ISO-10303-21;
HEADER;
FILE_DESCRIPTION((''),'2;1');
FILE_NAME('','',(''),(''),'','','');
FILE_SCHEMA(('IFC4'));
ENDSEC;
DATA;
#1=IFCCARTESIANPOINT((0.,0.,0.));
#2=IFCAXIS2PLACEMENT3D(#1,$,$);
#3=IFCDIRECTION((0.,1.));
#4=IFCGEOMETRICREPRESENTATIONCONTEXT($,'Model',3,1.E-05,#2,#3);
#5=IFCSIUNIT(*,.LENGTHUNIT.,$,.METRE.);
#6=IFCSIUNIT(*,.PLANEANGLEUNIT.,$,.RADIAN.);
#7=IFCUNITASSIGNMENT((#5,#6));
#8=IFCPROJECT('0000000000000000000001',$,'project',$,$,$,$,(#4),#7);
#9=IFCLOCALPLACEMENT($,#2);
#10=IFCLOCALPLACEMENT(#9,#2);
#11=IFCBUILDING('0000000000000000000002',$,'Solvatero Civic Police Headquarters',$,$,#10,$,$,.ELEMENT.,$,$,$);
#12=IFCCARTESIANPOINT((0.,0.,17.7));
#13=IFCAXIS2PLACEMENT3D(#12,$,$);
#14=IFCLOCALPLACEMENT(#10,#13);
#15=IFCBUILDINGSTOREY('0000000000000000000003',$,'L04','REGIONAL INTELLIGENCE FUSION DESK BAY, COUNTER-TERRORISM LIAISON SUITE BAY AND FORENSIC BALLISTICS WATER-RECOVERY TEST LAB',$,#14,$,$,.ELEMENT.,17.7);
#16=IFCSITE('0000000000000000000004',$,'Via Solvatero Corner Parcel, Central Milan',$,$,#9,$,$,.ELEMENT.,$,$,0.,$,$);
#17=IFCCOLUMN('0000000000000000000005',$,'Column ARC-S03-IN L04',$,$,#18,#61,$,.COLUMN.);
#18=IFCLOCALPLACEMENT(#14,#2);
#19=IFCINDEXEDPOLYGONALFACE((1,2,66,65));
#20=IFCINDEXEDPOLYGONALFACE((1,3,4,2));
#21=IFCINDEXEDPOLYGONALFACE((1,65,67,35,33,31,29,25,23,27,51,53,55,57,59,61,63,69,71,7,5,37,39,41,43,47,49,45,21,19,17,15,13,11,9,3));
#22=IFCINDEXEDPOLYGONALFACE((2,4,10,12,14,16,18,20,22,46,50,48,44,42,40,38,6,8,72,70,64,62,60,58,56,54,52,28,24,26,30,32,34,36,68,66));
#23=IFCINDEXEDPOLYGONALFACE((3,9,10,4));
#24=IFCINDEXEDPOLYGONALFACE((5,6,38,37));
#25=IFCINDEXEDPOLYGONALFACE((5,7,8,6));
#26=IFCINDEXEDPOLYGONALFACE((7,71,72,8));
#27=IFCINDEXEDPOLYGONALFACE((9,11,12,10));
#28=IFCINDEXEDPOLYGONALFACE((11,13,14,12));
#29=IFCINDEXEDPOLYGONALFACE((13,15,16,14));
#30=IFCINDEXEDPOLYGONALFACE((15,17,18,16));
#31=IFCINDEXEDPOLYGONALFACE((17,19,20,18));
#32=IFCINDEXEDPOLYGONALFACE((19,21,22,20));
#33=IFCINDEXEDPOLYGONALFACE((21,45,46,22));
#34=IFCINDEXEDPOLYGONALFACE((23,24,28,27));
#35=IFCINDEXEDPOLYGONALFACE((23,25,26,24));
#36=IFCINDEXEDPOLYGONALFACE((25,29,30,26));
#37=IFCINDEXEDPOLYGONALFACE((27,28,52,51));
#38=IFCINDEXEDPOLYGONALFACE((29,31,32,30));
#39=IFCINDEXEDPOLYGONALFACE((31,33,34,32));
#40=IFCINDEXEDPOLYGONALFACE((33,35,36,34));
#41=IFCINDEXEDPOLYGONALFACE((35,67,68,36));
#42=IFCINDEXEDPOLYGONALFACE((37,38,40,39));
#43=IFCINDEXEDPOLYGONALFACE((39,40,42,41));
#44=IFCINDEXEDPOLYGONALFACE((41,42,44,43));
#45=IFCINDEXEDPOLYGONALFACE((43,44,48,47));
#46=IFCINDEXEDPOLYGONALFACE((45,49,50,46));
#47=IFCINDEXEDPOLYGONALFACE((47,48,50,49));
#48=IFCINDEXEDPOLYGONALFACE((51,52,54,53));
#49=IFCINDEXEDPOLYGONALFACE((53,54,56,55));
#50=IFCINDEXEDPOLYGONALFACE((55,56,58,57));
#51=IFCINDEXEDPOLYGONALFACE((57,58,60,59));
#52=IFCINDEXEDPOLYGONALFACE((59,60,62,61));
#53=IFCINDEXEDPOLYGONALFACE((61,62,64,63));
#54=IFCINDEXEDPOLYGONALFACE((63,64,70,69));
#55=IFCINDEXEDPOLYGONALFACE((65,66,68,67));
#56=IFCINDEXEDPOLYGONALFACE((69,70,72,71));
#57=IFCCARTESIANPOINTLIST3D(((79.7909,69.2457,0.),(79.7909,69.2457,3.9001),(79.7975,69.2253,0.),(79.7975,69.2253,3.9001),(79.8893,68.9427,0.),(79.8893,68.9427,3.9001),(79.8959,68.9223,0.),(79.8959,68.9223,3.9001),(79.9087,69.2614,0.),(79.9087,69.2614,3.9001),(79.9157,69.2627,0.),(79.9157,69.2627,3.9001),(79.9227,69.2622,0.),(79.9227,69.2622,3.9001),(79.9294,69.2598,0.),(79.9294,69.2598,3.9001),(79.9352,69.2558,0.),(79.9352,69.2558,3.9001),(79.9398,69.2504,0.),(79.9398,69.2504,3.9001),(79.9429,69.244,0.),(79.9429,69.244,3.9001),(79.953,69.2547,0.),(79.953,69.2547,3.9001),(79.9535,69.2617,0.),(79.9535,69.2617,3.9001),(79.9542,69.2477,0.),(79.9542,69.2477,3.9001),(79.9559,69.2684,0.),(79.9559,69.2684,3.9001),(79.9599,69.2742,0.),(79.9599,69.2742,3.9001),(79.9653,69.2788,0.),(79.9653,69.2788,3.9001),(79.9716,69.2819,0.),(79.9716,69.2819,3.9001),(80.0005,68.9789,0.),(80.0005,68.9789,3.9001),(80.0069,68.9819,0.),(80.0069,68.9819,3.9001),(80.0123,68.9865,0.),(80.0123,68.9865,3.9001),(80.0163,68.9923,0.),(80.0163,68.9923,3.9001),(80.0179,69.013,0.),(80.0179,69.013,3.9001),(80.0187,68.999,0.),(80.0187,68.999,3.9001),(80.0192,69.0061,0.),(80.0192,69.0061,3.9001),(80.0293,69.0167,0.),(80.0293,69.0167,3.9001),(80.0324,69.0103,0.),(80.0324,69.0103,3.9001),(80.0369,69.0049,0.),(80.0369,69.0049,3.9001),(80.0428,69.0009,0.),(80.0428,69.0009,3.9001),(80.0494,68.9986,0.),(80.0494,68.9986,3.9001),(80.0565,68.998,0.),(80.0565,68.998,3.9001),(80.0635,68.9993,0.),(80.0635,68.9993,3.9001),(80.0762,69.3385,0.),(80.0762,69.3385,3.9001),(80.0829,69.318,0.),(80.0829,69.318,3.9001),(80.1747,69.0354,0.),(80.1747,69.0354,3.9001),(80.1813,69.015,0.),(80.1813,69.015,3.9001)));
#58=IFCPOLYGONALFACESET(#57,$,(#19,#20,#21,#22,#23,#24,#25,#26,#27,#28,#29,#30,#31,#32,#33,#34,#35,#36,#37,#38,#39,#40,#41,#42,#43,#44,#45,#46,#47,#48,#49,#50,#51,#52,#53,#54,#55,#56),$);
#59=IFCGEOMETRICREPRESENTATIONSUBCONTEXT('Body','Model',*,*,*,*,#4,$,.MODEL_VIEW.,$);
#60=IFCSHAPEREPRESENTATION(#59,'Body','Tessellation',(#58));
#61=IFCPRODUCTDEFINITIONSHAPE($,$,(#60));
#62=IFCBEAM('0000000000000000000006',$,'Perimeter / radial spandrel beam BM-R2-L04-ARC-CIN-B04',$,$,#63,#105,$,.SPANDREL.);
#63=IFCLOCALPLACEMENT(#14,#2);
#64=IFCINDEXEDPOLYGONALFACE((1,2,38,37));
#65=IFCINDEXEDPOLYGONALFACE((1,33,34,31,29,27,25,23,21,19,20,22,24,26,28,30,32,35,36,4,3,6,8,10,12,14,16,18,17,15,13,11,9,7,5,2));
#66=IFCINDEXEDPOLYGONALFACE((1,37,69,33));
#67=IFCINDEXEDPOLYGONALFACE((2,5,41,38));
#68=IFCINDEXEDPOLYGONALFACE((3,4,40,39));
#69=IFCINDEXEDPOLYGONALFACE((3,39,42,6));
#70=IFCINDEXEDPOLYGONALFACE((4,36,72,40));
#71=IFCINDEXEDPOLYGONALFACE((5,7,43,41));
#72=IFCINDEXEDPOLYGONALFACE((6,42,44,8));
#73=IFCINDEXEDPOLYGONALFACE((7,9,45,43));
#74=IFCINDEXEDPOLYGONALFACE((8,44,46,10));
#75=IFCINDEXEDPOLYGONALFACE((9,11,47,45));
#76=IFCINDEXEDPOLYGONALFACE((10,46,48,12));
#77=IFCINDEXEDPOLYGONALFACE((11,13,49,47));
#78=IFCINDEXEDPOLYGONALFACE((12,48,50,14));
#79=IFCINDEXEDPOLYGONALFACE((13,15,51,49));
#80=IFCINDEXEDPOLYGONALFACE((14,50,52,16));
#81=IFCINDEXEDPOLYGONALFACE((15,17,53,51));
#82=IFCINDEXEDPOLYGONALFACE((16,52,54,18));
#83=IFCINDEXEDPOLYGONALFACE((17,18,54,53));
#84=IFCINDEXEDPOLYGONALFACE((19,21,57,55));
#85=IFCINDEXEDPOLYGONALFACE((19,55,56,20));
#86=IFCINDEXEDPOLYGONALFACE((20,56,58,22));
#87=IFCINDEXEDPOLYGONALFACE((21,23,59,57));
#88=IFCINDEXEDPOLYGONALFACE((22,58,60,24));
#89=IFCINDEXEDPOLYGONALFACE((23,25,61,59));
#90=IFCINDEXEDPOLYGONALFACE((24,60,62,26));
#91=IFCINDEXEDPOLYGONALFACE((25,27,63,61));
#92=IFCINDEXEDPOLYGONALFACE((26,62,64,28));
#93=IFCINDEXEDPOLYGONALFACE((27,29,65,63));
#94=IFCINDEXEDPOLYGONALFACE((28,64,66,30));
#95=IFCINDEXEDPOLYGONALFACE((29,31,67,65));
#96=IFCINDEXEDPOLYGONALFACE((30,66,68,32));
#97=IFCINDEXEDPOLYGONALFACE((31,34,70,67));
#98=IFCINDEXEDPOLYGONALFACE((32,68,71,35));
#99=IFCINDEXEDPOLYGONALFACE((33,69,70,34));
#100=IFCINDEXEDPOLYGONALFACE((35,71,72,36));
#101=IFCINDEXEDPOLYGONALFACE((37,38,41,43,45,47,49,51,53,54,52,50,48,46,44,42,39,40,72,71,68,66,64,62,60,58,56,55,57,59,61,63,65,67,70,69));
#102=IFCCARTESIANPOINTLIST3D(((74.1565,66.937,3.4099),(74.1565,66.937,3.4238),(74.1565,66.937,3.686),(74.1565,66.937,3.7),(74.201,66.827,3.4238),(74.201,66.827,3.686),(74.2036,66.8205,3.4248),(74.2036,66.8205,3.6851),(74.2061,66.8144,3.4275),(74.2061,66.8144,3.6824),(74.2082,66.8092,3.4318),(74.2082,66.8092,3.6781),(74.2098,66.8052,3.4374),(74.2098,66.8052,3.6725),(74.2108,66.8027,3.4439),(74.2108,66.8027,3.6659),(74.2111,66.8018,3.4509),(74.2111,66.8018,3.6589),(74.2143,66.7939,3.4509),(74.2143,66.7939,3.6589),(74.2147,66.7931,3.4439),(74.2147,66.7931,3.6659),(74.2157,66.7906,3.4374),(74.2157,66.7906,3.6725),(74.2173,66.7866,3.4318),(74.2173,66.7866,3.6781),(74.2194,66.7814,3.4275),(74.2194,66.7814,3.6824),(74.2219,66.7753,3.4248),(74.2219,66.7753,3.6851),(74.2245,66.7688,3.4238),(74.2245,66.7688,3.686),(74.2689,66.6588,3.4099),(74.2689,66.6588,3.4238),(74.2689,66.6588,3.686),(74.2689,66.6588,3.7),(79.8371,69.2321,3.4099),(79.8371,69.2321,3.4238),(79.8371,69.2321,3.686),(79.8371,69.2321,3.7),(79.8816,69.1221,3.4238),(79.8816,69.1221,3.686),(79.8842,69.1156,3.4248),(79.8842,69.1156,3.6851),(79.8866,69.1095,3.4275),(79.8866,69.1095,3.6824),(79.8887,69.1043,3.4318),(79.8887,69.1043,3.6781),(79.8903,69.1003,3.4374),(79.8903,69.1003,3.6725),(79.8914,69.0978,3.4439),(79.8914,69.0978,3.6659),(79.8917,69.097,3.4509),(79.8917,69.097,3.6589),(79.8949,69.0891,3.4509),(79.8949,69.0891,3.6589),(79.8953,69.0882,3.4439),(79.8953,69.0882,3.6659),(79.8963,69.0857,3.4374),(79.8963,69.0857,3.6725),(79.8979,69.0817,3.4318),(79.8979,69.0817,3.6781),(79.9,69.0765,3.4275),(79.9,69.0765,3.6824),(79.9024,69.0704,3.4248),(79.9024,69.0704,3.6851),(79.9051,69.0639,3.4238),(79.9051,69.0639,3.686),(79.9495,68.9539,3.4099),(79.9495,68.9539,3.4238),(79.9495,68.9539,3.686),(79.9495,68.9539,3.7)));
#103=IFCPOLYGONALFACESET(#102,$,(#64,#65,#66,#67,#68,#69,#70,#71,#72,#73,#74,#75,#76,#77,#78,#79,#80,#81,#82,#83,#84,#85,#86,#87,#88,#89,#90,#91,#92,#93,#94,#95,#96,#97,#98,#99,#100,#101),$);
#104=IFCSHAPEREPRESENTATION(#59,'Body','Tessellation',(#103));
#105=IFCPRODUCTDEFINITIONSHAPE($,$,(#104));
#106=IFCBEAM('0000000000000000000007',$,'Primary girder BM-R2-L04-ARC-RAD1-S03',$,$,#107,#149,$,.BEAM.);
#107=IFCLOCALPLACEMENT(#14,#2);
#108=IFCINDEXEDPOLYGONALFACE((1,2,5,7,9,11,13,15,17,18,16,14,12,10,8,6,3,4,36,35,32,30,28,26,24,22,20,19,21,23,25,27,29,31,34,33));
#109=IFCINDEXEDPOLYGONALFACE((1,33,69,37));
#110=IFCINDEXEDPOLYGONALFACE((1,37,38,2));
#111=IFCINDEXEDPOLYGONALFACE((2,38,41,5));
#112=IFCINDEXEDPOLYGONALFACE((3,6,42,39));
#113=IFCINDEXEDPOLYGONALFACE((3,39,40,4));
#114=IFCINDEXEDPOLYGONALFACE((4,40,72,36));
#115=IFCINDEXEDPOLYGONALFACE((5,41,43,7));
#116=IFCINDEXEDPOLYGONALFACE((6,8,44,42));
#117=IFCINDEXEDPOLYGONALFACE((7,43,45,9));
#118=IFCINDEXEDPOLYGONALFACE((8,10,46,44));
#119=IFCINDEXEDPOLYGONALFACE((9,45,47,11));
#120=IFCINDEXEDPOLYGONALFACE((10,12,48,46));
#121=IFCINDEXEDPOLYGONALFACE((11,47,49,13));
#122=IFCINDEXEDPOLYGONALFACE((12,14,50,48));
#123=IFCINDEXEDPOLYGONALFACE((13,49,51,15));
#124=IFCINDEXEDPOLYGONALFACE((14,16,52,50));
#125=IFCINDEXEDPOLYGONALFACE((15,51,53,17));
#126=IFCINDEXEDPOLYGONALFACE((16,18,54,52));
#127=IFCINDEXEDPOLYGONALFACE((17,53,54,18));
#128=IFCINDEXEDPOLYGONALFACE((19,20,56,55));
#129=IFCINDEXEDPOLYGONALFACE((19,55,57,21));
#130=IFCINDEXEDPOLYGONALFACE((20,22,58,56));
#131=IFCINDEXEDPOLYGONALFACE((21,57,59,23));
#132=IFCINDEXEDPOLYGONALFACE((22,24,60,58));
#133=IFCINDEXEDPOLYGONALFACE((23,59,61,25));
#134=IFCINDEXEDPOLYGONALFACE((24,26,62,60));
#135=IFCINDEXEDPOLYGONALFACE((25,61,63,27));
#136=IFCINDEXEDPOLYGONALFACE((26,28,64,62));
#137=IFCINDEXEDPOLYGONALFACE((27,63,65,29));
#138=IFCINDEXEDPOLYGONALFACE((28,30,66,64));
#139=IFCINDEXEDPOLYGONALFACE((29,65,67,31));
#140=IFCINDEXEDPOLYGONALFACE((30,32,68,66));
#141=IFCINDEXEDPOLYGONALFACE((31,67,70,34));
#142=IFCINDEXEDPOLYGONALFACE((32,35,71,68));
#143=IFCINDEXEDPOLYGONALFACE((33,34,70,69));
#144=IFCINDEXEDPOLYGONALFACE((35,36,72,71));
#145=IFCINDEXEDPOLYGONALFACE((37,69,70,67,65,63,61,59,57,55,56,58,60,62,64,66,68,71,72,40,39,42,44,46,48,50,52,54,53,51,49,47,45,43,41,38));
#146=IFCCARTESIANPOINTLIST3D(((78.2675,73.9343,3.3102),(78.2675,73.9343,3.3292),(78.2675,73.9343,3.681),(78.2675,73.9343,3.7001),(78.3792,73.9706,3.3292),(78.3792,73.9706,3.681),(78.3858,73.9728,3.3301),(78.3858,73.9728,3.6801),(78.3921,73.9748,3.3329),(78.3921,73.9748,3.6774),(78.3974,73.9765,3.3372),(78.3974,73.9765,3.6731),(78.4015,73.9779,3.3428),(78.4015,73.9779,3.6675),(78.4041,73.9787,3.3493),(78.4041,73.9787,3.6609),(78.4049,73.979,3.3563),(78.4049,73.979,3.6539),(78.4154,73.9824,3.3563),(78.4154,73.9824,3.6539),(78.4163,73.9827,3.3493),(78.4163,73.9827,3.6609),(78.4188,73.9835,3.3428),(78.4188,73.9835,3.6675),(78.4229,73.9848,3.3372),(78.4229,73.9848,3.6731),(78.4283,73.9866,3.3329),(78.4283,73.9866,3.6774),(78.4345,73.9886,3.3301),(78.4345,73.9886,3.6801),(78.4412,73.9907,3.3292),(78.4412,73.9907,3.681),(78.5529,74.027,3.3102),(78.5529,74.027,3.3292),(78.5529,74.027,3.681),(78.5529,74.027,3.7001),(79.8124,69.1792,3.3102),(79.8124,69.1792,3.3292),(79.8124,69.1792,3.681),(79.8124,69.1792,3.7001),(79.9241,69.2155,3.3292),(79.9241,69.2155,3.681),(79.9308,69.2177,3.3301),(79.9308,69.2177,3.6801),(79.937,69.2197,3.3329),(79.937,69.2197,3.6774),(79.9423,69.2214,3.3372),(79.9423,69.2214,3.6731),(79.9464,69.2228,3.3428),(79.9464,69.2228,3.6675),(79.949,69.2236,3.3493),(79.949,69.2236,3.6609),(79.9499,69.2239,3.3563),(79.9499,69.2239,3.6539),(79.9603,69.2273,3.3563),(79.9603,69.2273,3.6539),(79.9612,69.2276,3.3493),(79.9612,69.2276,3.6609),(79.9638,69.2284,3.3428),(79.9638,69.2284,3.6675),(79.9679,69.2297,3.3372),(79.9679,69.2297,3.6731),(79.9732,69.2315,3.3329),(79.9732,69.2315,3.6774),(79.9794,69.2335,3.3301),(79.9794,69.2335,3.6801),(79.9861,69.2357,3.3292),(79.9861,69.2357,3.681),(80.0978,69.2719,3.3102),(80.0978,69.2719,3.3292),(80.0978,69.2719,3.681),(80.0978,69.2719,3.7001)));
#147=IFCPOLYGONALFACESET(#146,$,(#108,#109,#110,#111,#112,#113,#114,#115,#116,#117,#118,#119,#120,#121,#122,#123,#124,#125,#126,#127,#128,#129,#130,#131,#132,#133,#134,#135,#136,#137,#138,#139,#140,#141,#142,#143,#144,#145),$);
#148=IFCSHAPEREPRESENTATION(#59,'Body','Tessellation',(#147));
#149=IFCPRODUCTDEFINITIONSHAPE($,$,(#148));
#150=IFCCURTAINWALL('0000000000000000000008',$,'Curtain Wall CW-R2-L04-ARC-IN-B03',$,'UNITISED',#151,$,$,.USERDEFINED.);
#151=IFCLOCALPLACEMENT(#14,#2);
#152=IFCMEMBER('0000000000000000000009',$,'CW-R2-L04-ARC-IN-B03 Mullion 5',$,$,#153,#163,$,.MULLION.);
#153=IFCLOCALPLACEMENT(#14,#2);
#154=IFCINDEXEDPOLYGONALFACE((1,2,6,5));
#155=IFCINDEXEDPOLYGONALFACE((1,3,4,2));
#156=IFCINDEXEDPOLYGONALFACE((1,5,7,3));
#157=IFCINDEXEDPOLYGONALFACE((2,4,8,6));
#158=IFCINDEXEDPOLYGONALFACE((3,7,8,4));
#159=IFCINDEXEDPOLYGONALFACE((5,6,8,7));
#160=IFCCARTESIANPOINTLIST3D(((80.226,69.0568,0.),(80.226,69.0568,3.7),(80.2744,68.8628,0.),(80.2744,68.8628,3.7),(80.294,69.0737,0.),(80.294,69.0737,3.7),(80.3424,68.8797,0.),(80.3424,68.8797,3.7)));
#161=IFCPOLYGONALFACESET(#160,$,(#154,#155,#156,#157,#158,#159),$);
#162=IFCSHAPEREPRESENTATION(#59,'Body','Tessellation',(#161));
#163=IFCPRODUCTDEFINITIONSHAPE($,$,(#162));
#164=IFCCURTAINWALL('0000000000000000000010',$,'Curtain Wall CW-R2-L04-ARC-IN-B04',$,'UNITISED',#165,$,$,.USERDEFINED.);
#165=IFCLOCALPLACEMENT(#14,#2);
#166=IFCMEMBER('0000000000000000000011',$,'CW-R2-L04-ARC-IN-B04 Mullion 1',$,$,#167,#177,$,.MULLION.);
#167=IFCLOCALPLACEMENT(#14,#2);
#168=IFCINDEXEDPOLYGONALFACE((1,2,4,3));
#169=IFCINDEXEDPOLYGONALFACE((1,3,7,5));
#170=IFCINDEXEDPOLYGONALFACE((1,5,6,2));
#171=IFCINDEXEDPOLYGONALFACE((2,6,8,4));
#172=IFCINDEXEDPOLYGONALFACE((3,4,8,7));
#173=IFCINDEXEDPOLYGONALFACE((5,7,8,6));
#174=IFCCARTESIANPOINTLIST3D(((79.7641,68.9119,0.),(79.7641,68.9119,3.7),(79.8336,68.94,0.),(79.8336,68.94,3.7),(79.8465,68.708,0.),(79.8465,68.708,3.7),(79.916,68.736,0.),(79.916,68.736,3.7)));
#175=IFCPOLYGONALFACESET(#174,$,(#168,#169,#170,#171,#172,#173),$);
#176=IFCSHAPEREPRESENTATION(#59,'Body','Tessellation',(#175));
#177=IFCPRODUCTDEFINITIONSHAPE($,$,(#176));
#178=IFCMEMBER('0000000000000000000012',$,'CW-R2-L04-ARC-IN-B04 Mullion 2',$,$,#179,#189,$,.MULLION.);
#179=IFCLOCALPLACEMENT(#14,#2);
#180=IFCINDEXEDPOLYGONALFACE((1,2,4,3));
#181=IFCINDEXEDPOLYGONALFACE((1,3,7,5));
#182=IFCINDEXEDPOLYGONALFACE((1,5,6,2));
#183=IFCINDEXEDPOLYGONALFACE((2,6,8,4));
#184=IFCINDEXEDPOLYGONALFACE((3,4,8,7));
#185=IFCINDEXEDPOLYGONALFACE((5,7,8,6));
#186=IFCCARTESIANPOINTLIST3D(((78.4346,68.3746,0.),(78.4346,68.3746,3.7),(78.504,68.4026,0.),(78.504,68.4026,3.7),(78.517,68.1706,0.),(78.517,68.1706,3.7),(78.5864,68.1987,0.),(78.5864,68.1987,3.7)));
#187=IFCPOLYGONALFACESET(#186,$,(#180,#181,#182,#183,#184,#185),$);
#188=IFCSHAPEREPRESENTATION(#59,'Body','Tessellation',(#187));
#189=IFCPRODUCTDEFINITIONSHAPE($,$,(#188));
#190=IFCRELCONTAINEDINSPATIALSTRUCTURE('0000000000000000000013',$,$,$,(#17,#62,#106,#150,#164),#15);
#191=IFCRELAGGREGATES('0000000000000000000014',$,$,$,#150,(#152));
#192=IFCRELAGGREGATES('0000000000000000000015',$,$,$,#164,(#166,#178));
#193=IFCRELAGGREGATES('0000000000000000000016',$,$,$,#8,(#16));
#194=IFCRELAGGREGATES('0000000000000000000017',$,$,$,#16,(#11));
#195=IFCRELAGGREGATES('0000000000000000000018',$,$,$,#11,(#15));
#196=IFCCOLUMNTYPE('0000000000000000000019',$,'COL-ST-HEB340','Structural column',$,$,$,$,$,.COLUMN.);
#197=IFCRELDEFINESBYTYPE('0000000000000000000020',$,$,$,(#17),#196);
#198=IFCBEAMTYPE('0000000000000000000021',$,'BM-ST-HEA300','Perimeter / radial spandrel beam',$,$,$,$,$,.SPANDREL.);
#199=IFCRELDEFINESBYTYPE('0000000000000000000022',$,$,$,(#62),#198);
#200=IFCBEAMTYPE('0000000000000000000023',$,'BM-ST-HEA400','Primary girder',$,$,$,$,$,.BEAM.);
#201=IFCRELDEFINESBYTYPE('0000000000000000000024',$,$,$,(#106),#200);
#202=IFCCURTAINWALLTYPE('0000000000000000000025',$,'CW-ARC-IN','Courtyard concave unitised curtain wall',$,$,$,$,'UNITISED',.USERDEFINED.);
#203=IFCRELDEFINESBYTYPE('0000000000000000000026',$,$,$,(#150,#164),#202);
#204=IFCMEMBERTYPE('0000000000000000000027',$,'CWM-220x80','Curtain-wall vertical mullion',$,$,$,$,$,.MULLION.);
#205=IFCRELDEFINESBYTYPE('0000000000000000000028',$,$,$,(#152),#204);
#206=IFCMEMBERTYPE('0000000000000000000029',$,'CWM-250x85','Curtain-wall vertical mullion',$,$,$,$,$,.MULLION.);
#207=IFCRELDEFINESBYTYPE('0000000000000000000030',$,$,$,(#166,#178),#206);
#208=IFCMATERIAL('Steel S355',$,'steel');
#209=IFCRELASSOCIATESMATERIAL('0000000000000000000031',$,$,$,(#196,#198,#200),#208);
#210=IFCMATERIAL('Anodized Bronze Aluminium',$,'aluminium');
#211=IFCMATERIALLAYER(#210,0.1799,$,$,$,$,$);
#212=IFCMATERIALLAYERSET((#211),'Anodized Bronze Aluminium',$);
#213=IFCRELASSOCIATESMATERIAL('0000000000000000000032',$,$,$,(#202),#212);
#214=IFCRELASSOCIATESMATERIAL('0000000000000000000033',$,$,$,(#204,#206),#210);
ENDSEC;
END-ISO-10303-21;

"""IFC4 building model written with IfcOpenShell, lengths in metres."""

from ifc_helpers import new_model, si_unit, direction, frame, origin, origin_2d, place, context, subcontext, project, spatial, rectangle, i_section, extrude, material, layer, layer_set, material_profile, profile_set, type_object, element, aggregate, save


model = new_model("IFC4")

# Units and contexts
model_context = context("Model", 3, precision=1e-05, world=origin(), true_north=direction((0.0, 1.0)))
body_context = subcontext(model_context, "Body", "Model", "MODEL_VIEW")
ifc_project = project(units=[si_unit("LENGTHUNIT", "METRE"), si_unit("PLANEANGLEUNIT", "RADIAN")], contexts=[model_context])

# Site, building, storey
site_placement = place(None, origin())
site = spatial("IfcSite", under=ifc_project, at=site_placement, Name="Via Solvatero Corner Parcel, Central Milan", CompositionType="ELEMENT", RefElevation=0.0)
building_placement = place(site_placement, origin())
building = spatial("IfcBuilding", under=site, at=building_placement, Name="Solvatero Civic Police Headquarters", CompositionType="ELEMENT")
storey_placement = place(building_placement, frame((0.0, 0.0, 17.7)))
storey = spatial("IfcBuildingStorey", under=building, at=storey_placement, Name="L04", Description="REGIONAL INTELLIGENCE FUSION DESK BAY, COUNTER-TERRORISM LIAISON SUITE BAY AND FORENSIC BALLISTICS WATER-RECOVERY TEST LAB", CompositionType="ELEMENT", Elevation=17.7)

# Column
ifc_material_1 = material(Name="Steel S355", Category="steel")
ifc_material_profile_1 = material_profile(ifc_material_1, i_section(OverallWidth=0.3, OverallDepth=0.3401, WebThickness=0.012, FlangeThickness=0.0215, FilletRadius=0.0271, at=origin_2d()), Name="HEB 340")
ifc_profile_set_1 = profile_set([ifc_material_profile_1], Name="Steel S355")
column_type = type_object("IfcColumnType", Name="COL-ST-HEB340", Description="Structural column", PredefinedType="COLUMN", material=ifc_profile_set_1)
column_placement = place(storey_placement, frame((79.9861, 69.1304, 0.0), z_axis=(0.0, 0.0, 1.0), x_axis=(0.951057, 0.309017, 0.0)))
element("IfcColumn", 1, at=column_placement, inside=storey, type_object=column_type, Name="Column ARC-S03-IN L04", PredefinedType="COLUMN", context=body_context, shape_type="SweptSolid", body=[
    extrude(i_section(OverallWidth=0.3, OverallDepth=0.3401, WebThickness=0.012, FlangeThickness=0.0215, FilletRadius=0.0271, at=origin_2d()), origin(), (0.0, 0.0, 1.0), 3.9001),
])

# Beams
ifc_material_profile_2 = material_profile(ifc_material_1, i_section(OverallWidth=0.3, OverallDepth=0.29, WebThickness=0.0085, FlangeThickness=0.0139, FilletRadius=0.0271, at=origin_2d()), Name="HEA 300")
ifc_profile_set_2 = profile_set([ifc_material_profile_2], Name="Steel S355")
beam_type_1 = type_object("IfcBeamType", Name="BM-ST-HEA300", Description="Perimeter / radial spandrel beam", PredefinedType="SPANDREL", material=ifc_profile_set_2)
beam_1_placement = place(storey_placement, frame((79.8933, 69.093, 3.5549), z_axis=(-0.927182, -0.374611, 0.0), x_axis=(0.374611, -0.927182, 0.0)))
element("IfcBeam", 2, at=beam_1_placement, inside=storey, type_object=beam_type_1, Name="Perimeter / radial spandrel beam BM-R2-L04-ARC-CIN-B04", PredefinedType="SPANDREL", context=body_context, shape_type="SweptSolid", body=[
    extrude(i_section(OverallWidth=0.3, OverallDepth=0.29, WebThickness=0.0085, FlangeThickness=0.0139, FilletRadius=0.0271, at=origin_2d()), origin(), (0.0, 0.0, 1.0), 6.1267),
])
ifc_material_profile_3 = material_profile(ifc_material_1, i_section(OverallWidth=0.3, OverallDepth=0.3899, WebThickness=0.011, FlangeThickness=0.019, FilletRadius=0.0271, at=origin_2d()), Name="HEA 400")
ifc_profile_set_3 = profile_set([ifc_material_profile_3], Name="Steel S355")
beam_type_2 = type_object("IfcBeamType", Name="BM-ST-HEA400", Description="Primary girder", PredefinedType="BEAM", material=ifc_profile_set_3)
beam_2_placement = place(storey_placement, frame((79.9551, 69.2256, 3.5051), z_axis=(-0.308997, 0.951063, 0.0), x_axis=(-0.951063, -0.308997, 0.0)))
element("IfcBeam", 3, at=beam_2_placement, inside=storey, type_object=beam_type_2, Name="Primary girder BM-R2-L04-ARC-RAD1-S03", PredefinedType="BEAM", context=body_context, shape_type="SweptSolid", body=[
    extrude(i_section(OverallWidth=0.3, OverallDepth=0.3899, WebThickness=0.011, FlangeThickness=0.019, FilletRadius=0.0271, at=origin_2d()), origin(), (0.0, 0.0, 1.0), 4.9998),
])

# Curtain wall, member
ifc_material_2 = material(Name="Anodized Bronze Aluminium", Category="aluminium")
ifc_layer_1 = layer(ifc_material_2, 0.1799)
ifc_layer_set_1 = layer_set([ifc_layer_1], Name="Anodized Bronze Aluminium")
curtain_wall_type = type_object("IfcCurtainWallType", Name="CW-ARC-IN", Description="Courtyard concave unitised curtain wall", ElementType="UNITISED", PredefinedType="USERDEFINED", material=ifc_layer_set_1)
curtain_wall_1_placement = place(storey_placement, origin())
curtain_wall_1 = element("IfcCurtainWall", 4, at=curtain_wall_1_placement, inside=storey, type_object=curtain_wall_type, Name="Curtain Wall CW-R2-L04-ARC-IN-B03", ObjectType="UNITISED", PredefinedType="USERDEFINED")
ifc_material_profile_4 = material_profile(ifc_material_2, rectangle(XDim=0.0701, YDim=0.2, at=origin_2d()), Name="ALU MULLION 70x200")
ifc_profile_set_4 = profile_set([ifc_material_profile_4], Name="Anodized Bronze Aluminium")
member_type_1 = type_object("IfcMemberType", Name="CWM-220x80", Description="Curtain-wall vertical mullion", PredefinedType="MULLION", material=ifc_profile_set_4)
member_1_placement = place(storey_placement, frame((80.2842, 68.9683, 0.0), z_axis=(0.0, 0.0, 1.0), x_axis=(-0.970296, -0.241922, 0.0)))
member_1 = element("IfcMember", 5, at=member_1_placement, type_object=member_type_1, Name="CW-R2-L04-ARC-IN-B03 Mullion 5", PredefinedType="MULLION", context=body_context, shape_type="SweptSolid", body=[
    extrude(rectangle(XDim=0.0701, YDim=0.2, at=origin_2d()), origin(), (0.0, 0.0, 1.0), 3.7),
])

# Curtain wall, members
curtain_wall_2_placement = place(storey_placement, origin())
curtain_wall_2 = element("IfcCurtainWall", 6, at=curtain_wall_2_placement, inside=storey, type_object=curtain_wall_type, Name="Curtain Wall CW-R2-L04-ARC-IN-B04", ObjectType="UNITISED", PredefinedType="USERDEFINED")
ifc_material_profile_5 = material_profile(ifc_material_2, rectangle(XDim=0.075, YDim=0.22, at=origin_2d()), Name="ALU MULLION 75x220")
ifc_profile_set_5 = profile_set([ifc_material_profile_5], Name="Anodized Bronze Aluminium")
member_type_2 = type_object("IfcMemberType", Name="CWM-250x85", Description="Curtain-wall vertical mullion", PredefinedType="MULLION", material=ifc_profile_set_5)
member_2_placement = place(storey_placement, frame((79.8401, 68.824, 0.0), z_axis=(0.0, 0.0, 1.0), x_axis=(-0.927184, -0.374607, 0.0)))
member_2 = element("IfcMember", 7, at=member_2_placement, type_object=member_type_2, Name="CW-R2-L04-ARC-IN-B04 Mullion 1", PredefinedType="MULLION", context=body_context, shape_type="SweptSolid", body=[
    extrude(rectangle(XDim=0.075, YDim=0.22, at=origin_2d()), origin(), (0.0, 0.0, 1.0), 3.7),
])
member_3_placement = place(storey_placement, frame((78.5105, 68.2866, 0.0), z_axis=(0.0, 0.0, 1.0), x_axis=(-0.927184, -0.374607, 0.0)))
member_3 = element("IfcMember", 8, at=member_3_placement, type_object=member_type_2, Name="CW-R2-L04-ARC-IN-B04 Mullion 2", PredefinedType="MULLION", context=body_context, shape_type="SweptSolid", body=[
    extrude(rectangle(XDim=0.075, YDim=0.22, at=origin_2d()), origin(), (0.0, 0.0, 1.0), 3.7),
])

aggregate(curtain_wall_1, [member_1])
aggregate(curtain_wall_2, [member_2, member_3])

save(model, "model.ifc")
